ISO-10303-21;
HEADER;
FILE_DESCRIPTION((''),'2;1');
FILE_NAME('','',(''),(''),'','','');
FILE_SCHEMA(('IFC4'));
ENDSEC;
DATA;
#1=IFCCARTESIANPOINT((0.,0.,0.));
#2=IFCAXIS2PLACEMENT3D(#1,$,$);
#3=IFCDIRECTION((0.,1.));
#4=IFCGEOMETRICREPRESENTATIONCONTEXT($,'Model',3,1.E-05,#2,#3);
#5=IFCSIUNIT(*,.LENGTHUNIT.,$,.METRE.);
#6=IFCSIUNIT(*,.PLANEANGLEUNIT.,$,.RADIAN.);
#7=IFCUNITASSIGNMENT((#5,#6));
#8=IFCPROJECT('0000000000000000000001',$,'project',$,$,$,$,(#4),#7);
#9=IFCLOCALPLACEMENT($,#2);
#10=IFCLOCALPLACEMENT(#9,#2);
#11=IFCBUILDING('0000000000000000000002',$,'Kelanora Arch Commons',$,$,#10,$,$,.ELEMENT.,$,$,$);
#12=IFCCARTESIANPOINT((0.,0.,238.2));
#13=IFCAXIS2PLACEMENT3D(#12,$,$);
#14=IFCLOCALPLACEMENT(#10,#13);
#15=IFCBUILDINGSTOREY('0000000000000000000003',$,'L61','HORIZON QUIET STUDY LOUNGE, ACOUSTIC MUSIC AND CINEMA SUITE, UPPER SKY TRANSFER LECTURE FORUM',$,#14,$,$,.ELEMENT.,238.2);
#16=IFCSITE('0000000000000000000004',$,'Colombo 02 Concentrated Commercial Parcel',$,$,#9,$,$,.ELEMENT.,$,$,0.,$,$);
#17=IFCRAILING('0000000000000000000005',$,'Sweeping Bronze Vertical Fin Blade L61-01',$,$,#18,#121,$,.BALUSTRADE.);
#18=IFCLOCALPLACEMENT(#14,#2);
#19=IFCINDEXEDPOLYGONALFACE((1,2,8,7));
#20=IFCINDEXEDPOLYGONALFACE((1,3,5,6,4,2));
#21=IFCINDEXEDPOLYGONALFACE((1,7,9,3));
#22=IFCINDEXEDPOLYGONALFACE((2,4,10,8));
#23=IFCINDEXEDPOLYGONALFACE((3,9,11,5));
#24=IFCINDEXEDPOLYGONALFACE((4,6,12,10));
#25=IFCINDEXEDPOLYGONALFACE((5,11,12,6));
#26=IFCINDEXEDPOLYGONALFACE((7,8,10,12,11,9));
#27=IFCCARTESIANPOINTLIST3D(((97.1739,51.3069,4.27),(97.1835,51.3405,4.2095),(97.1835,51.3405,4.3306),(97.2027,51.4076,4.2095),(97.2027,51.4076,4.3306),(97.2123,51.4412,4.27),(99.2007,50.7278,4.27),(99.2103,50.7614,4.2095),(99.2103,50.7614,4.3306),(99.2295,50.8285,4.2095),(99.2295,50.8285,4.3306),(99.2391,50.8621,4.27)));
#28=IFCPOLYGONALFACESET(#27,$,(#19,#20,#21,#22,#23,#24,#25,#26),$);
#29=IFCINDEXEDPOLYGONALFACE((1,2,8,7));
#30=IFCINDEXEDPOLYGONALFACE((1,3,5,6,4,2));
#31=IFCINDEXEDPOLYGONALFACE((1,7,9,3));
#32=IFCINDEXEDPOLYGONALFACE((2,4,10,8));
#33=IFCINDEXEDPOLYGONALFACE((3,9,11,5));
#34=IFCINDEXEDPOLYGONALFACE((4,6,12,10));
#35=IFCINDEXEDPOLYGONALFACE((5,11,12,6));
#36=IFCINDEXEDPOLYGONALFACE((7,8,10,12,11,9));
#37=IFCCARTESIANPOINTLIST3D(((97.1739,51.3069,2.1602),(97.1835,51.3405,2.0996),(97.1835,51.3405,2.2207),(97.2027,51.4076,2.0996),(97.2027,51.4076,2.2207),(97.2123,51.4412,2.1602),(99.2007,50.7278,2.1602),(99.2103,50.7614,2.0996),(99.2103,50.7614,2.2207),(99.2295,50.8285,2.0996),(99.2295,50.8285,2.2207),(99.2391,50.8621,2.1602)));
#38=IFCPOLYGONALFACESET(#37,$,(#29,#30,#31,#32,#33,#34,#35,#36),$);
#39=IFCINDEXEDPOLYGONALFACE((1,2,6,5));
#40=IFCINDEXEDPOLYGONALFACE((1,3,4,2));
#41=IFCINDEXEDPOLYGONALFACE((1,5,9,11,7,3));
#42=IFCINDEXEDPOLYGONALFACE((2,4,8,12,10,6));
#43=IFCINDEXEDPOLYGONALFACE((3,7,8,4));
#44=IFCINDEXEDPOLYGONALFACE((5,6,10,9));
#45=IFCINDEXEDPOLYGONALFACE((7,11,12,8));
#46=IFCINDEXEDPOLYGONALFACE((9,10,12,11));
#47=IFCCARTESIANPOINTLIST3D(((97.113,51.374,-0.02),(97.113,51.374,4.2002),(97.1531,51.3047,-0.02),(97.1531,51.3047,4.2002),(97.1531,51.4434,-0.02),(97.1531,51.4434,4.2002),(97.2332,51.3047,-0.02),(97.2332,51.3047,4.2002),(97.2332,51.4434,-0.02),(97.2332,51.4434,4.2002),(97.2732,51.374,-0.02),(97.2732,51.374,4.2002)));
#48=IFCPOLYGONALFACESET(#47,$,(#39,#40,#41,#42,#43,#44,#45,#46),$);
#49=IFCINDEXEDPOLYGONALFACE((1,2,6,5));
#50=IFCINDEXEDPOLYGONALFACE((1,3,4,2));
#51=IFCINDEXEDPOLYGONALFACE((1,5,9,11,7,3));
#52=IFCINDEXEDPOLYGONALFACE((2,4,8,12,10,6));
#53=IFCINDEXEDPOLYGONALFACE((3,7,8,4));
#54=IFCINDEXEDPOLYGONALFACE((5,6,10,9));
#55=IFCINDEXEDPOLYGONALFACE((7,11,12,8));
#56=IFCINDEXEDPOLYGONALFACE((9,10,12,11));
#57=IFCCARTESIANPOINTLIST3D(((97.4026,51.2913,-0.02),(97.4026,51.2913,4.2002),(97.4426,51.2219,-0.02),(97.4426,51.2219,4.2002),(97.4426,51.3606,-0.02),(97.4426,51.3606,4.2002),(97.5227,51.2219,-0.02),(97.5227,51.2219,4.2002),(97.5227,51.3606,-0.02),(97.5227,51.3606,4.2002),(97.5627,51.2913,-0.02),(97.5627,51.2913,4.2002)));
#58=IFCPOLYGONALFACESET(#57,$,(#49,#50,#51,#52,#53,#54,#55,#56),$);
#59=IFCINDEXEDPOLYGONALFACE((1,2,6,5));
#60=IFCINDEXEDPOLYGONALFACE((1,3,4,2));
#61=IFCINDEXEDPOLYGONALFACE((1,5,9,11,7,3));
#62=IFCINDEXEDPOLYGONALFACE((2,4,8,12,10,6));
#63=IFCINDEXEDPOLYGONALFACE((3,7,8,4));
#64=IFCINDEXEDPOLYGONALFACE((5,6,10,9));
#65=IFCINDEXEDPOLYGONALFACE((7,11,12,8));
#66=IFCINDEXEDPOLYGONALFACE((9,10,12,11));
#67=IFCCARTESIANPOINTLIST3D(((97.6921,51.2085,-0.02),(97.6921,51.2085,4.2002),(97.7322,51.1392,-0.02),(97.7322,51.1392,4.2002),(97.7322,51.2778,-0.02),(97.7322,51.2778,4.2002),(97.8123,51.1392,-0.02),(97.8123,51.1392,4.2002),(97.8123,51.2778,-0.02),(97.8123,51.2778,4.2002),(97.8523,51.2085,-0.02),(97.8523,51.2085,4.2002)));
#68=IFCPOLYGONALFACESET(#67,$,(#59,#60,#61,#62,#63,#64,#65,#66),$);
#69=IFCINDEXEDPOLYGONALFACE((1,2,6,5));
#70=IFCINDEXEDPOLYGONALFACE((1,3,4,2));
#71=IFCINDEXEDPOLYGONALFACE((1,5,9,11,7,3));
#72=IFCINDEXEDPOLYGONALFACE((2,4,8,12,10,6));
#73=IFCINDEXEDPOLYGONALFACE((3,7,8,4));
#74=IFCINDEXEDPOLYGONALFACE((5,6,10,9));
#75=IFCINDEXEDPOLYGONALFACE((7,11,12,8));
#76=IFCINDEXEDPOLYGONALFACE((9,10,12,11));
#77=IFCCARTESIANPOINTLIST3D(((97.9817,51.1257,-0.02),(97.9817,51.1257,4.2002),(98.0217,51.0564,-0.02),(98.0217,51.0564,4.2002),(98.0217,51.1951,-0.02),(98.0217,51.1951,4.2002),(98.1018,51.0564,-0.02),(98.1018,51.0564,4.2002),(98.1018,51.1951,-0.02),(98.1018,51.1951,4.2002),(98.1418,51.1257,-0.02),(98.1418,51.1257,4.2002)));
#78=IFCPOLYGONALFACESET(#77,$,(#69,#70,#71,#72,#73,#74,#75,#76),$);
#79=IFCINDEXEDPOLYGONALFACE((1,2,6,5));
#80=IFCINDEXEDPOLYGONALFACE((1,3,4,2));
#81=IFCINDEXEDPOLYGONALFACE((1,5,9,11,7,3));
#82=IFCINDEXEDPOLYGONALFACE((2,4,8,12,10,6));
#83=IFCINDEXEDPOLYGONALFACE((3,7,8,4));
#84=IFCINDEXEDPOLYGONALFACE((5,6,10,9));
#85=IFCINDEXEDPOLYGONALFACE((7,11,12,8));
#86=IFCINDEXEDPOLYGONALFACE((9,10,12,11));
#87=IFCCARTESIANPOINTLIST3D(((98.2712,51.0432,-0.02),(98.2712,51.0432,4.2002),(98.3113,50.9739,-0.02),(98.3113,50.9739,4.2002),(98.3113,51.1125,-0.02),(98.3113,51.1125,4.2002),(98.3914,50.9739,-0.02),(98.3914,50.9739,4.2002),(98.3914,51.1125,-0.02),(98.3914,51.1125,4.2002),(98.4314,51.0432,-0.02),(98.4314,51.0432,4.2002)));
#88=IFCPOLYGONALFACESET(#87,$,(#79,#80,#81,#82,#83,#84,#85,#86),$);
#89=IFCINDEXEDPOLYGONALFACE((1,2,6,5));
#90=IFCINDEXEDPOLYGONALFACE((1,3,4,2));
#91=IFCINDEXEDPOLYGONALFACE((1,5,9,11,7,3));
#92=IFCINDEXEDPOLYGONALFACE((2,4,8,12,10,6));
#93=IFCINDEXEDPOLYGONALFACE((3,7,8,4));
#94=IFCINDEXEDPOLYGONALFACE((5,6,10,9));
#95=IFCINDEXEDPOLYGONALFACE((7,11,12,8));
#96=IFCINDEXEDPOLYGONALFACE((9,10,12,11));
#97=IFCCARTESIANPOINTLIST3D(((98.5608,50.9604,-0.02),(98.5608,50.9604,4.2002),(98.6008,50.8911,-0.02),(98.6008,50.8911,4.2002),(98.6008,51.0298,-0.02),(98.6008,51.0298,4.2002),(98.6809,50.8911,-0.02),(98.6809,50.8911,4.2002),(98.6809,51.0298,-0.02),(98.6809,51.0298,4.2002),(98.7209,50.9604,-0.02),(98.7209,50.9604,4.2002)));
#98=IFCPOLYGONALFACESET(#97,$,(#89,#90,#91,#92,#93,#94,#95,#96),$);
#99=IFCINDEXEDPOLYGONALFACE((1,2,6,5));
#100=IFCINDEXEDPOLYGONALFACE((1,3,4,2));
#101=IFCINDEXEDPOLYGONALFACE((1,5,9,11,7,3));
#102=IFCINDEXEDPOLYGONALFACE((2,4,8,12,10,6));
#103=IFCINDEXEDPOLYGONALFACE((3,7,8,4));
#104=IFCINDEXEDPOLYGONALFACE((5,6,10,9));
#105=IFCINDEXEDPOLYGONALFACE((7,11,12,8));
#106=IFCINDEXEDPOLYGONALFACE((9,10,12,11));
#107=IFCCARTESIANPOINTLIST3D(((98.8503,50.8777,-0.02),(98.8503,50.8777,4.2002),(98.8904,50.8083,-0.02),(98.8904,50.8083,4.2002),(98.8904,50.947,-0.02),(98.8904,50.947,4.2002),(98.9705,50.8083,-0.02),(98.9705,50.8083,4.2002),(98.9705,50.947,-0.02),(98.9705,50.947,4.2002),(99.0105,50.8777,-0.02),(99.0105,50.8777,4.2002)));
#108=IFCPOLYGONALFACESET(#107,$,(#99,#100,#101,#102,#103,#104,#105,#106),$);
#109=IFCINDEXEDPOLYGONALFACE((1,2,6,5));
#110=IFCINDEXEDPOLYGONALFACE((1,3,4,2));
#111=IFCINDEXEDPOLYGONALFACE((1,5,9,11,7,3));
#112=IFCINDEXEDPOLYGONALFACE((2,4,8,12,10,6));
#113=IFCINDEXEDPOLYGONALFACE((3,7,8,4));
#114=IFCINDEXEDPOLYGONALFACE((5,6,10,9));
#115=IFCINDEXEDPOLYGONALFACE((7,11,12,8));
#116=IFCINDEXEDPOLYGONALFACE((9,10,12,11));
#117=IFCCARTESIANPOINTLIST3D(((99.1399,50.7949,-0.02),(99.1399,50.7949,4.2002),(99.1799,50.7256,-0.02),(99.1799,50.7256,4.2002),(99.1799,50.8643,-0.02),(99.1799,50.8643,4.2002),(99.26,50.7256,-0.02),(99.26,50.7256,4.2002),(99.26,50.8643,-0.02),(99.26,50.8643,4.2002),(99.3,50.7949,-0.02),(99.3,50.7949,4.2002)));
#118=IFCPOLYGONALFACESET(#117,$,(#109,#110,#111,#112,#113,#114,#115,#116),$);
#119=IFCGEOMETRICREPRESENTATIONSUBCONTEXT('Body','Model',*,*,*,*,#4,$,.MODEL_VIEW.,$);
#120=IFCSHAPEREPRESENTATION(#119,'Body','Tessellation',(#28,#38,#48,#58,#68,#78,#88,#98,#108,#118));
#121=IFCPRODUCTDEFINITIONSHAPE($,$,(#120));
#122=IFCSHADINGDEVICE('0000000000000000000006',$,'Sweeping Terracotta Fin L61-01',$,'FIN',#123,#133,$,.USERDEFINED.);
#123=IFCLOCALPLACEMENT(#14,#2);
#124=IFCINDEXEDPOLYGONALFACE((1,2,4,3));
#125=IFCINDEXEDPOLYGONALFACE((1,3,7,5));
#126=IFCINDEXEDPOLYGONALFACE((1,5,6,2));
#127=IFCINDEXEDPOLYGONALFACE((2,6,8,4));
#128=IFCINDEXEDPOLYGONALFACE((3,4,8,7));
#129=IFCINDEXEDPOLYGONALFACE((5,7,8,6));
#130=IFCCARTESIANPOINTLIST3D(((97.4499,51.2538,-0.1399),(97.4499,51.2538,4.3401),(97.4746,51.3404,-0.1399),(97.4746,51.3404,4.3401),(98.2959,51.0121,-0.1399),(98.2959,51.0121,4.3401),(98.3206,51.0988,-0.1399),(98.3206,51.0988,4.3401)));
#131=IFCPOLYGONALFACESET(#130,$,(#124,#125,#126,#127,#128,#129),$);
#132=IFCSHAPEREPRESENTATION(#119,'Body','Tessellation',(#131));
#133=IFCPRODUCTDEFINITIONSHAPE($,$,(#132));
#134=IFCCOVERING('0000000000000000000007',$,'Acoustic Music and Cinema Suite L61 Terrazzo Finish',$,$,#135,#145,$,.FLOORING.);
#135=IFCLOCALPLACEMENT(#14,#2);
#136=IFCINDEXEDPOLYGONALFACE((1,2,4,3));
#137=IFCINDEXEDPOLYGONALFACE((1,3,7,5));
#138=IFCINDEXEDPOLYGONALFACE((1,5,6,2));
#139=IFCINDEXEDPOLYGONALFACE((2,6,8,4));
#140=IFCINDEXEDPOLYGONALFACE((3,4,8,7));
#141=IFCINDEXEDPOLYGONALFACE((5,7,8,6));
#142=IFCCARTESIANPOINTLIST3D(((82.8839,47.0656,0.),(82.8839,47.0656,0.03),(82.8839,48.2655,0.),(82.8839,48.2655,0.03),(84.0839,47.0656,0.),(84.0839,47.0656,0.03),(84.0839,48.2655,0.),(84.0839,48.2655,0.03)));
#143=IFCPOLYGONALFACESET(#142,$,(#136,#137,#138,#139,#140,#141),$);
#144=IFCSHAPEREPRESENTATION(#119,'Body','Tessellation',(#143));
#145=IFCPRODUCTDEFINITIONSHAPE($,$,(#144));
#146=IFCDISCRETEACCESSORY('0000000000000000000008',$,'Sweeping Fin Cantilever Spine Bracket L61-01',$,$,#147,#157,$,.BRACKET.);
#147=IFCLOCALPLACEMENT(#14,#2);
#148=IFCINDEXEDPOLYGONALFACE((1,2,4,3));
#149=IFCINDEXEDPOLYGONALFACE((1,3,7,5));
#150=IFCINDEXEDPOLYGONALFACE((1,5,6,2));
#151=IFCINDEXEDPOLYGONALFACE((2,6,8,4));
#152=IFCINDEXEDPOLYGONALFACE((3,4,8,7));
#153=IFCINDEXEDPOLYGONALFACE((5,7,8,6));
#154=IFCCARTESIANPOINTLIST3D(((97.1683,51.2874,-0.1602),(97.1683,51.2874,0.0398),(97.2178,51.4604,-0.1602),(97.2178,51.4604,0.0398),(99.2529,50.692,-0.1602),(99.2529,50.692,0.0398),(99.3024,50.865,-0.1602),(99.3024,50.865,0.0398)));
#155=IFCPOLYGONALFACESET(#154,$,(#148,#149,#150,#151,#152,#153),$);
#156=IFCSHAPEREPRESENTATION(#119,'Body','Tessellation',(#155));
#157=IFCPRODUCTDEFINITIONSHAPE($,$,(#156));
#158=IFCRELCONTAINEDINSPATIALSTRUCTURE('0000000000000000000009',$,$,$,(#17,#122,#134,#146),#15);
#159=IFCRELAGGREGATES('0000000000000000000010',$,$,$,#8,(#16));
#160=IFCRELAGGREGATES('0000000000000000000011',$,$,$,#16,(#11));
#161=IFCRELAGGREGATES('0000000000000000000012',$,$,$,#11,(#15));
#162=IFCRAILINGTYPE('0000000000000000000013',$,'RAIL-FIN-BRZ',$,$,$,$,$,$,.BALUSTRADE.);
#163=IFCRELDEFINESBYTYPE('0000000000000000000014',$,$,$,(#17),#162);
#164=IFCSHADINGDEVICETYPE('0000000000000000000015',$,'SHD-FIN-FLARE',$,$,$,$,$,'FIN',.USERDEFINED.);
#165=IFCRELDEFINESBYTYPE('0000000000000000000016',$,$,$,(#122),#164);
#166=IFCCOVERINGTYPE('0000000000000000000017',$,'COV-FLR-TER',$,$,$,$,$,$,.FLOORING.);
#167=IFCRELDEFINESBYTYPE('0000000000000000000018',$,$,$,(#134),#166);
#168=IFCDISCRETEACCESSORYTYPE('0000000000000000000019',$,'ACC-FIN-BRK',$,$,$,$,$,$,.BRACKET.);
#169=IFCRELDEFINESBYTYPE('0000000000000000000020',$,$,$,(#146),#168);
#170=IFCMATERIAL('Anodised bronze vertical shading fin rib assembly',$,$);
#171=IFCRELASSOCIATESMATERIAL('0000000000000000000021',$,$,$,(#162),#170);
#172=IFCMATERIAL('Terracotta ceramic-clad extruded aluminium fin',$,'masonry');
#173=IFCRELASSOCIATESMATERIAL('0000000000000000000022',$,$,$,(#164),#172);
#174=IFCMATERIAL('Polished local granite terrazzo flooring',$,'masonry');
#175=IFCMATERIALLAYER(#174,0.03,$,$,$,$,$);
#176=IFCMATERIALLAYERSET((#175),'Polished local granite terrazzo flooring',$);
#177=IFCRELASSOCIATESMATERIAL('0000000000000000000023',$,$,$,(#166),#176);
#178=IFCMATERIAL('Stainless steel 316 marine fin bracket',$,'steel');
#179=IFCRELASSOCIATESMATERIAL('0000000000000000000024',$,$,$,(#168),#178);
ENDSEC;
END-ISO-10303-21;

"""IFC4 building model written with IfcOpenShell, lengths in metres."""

from ifc_helpers import new_model, si_unit, direction, frame, origin, origin_2d, place, context, subcontext, project, spatial, polyline, rectangle, outline, extrude, source, transform, mapped, material, layer, layer_set, type_object, element, save


model = new_model("IFC4")

# Units and contexts
model_context = context("Model", 3, precision=1e-05, world=origin(), true_north=direction((0.0, 1.0)))
body_context = subcontext(model_context, "Body", "Model", "MODEL_VIEW")
ifc_project = project(units=[si_unit("LENGTHUNIT", "METRE"), si_unit("PLANEANGLEUNIT", "RADIAN")], contexts=[model_context])

# Site, building, storey
site_placement = place(None, origin())
site = spatial("IfcSite", under=ifc_project, at=site_placement, Name="Colombo 02 Concentrated Commercial Parcel", CompositionType="ELEMENT", RefElevation=0.0)
building_placement = place(site_placement, origin())
building = spatial("IfcBuilding", under=site, at=building_placement, Name="Kelanora Arch Commons", CompositionType="ELEMENT")
storey_placement = place(building_placement, frame((0.0, 0.0, 238.2)))
storey = spatial("IfcBuildingStorey", under=building, at=storey_placement, Name="L61", Description="HORIZON QUIET STUDY LOUNGE, ACOUSTIC MUSIC AND CINEMA SUITE, UPPER SKY TRANSFER LECTURE FORUM", CompositionType="ELEMENT", Elevation=238.2)

# Railing
ifc_material_1 = material(Name="Anodised bronze vertical shading fin rib assembly")
railing_type = type_object("IfcRailingType", Name="RAIL-FIN-BRZ", PredefinedType="BALUSTRADE", material=ifc_material_1)
railing_placement = place(storey_placement, frame((97.1931, 51.374, -0.02)))
element("IfcRailing", 1, at=railing_placement, inside=storey, type_object=railing_type, Name="Sweeping Bronze Vertical Fin Blade L61-01", PredefinedType="BALUSTRADE", context=body_context, shape_type="SweptSolid", body=[
    extrude(outline(polyline([(0.0698, 0.0), (0.0349, 0.0605), (-0.0349, 0.0605), (-0.0698, 0.0), (-0.0349, -0.0605), (0.0349, -0.0605), (0.0698, 0.0)])), frame((0.0, 0.0, 4.29), z_axis=(0.961524, -0.274721, 0.0), x_axis=(0.274721, 0.961524, 0.0)), (0.0, 0.0, 1.0), 2.1079),
    extrude(outline(polyline([(0.0698, 0.0), (0.0349, 0.0605), (-0.0349, 0.0605), (-0.0698, 0.0), (-0.0349, -0.0605), (0.0349, -0.0605), (0.0698, 0.0)])), frame((0.0, 0.0, 2.1802), z_axis=(0.961524, -0.274721, 0.0), x_axis=(0.274721, 0.961524, 0.0)), (0.0, 0.0, 1.0), 2.1079),
    extrude(outline(polyline([(0.0801, 0.0), (0.04, 0.0693), (-0.04, 0.0693), (-0.0801, 0.0), (-0.04, -0.0693), (0.04, -0.0693), (0.0801, 0.0)])), origin(), (0.0, 0.0, 1.0), 4.2202),
    extrude(outline(polyline([(0.0801, 0.0), (0.04, 0.0693), (-0.04, 0.0693), (-0.0801, 0.0), (-0.04, -0.0693), (0.04, -0.0693), (0.0801, 0.0)])), frame((0.2896, -0.0828, 0.0)), (0.0, 0.0, 1.0), 4.2202),
    extrude(outline(polyline([(0.0801, 0.0), (0.04, 0.0693), (-0.04, 0.0693), (-0.0801, 0.0), (-0.04, -0.0693), (0.04, -0.0693), (0.0801, 0.0)])), frame((0.5791, -0.1655, 0.0)), (0.0, 0.0, 1.0), 4.2202),
    extrude(outline(polyline([(0.0801, 0.0), (0.04, 0.0693), (-0.04, 0.0693), (-0.0801, 0.0), (-0.04, -0.0693), (0.04, -0.0693), (0.0801, 0.0)])), frame((0.8687, -0.2483, 0.0)), (0.0, 0.0, 1.0), 4.2202),
    extrude(outline(polyline([(0.0801, 0.0), (0.04, 0.0693), (-0.04, 0.0693), (-0.0801, 0.0), (-0.04, -0.0693), (0.04, -0.0693), (0.0801, 0.0)])), frame((1.1582, -0.3308, 0.0)), (0.0, 0.0, 1.0), 4.2202),
    extrude(outline(polyline([(0.0801, 0.0), (0.04, 0.0693), (-0.04, 0.0693), (-0.0801, 0.0), (-0.04, -0.0693), (0.04, -0.0693), (0.0801, 0.0)])), frame((1.4478, -0.4136, 0.0)), (0.0, 0.0, 1.0), 4.2202),
    extrude(outline(polyline([(0.0801, 0.0), (0.04, 0.0693), (-0.04, 0.0693), (-0.0801, 0.0), (-0.04, -0.0693), (0.04, -0.0693), (0.0801, 0.0)])), frame((1.7373, -0.4963, 0.0)), (0.0, 0.0, 1.0), 4.2202),
    extrude(outline(polyline([(0.0801, 0.0), (0.04, 0.0693), (-0.04, 0.0693), (-0.0801, 0.0), (-0.04, -0.0693), (0.04, -0.0693), (0.0801, 0.0)])), frame((2.0269, -0.5791, 0.0)), (0.0, 0.0, 1.0), 4.2202),
])

# Shading device
ifc_material_2 = material(Name="Terracotta ceramic-clad extruded aluminium fin", Category="masonry")
shading_device_type = type_object("IfcShadingDeviceType", Name="SHD-FIN-FLARE", ElementType="FIN", PredefinedType="USERDEFINED", material=ifc_material_2)
shared_shape_1 = source(origin(), body_context, "Body", "SweptSolid", [
    extrude(rectangle(XDim=0.8799, YDim=0.0901, at=origin_2d()), origin(), (0.0, 0.0, 1.0), 4.48),
])
shading_device_placement = place(storey_placement, frame((97.8853, 51.1763, -0.1399), z_axis=(0.0, 0.0, 1.0), x_axis=(0.96155, -0.274631, 0.0)))
element("IfcShadingDevice", 2, at=shading_device_placement, inside=storey, type_object=shading_device_type, Name="Sweeping Terracotta Fin L61-01", ObjectType="FIN", PredefinedType="USERDEFINED", context=body_context, shape_type="MappedRepresentation", body=[
    mapped(shared_shape_1, transform((0.0, 0.0, 0.0), scale=1.0)),
])

# Covering
ifc_material_3 = material(Name="Polished local granite terrazzo flooring", Category="masonry")
ifc_layer_1 = layer(ifc_material_3, 0.03)
ifc_layer_set_1 = layer_set([ifc_layer_1], Name="Polished local granite terrazzo flooring")
covering_type = type_object("IfcCoveringType", Name="COV-FLR-TER", PredefinedType="FLOORING", material=ifc_layer_set_1)
shared_shape_2 = source(origin(), body_context, "Body", "SweptSolid", [
    extrude(rectangle(XDim=1.2, YDim=1.2, at=origin_2d()), origin(), (0.0, 0.0, 1.0), 0.03),
])
covering_placement = place(storey_placement, frame((83.4839, 47.6655, 0.0), z_axis=(0.0, 0.0, 1.0), x_axis=(1.0, 0.0, 0.0)))
element("IfcCovering", 3, at=covering_placement, inside=storey, type_object=covering_type, Name="Acoustic Music and Cinema Suite L61 Terrazzo Finish", PredefinedType="FLOORING", context=body_context, shape_type="MappedRepresentation", body=[
    mapped(shared_shape_2, transform((0.0, 0.0, 0.0), scale=1.0)),
])

# Discrete accessory
ifc_material_4 = material(Name="Stainless steel 316 marine fin bracket", Category="steel")
discrete_accessory_type = type_object("IfcDiscreteAccessoryType", Name="ACC-FIN-BRK", PredefinedType="BRACKET", material=ifc_material_4)
shared_shape_3 = source(origin(), body_context, "Body", "SweptSolid", [
    extrude(rectangle(XDim=2.168, YDim=0.1799, at=origin_2d()), origin(), (0.0, 0.0, 1.0), 0.2),
])
discrete_accessory_placement = place(storey_placement, frame((98.2354, 51.0762, -0.1602), z_axis=(0.0, 0.0, 1.0), x_axis=(0.96155, -0.274631, 0.0)))
element("IfcDiscreteAccessory", 4, at=discrete_accessory_placement, inside=storey, type_object=discrete_accessory_type, Name="Sweeping Fin Cantilever Spine Bracket L61-01", PredefinedType="BRACKET", context=body_context, shape_type="MappedRepresentation", body=[
    mapped(shared_shape_3, transform((0.0, 0.0, 0.0), scale=1.0)),
])

save(model, "model.ifc")
